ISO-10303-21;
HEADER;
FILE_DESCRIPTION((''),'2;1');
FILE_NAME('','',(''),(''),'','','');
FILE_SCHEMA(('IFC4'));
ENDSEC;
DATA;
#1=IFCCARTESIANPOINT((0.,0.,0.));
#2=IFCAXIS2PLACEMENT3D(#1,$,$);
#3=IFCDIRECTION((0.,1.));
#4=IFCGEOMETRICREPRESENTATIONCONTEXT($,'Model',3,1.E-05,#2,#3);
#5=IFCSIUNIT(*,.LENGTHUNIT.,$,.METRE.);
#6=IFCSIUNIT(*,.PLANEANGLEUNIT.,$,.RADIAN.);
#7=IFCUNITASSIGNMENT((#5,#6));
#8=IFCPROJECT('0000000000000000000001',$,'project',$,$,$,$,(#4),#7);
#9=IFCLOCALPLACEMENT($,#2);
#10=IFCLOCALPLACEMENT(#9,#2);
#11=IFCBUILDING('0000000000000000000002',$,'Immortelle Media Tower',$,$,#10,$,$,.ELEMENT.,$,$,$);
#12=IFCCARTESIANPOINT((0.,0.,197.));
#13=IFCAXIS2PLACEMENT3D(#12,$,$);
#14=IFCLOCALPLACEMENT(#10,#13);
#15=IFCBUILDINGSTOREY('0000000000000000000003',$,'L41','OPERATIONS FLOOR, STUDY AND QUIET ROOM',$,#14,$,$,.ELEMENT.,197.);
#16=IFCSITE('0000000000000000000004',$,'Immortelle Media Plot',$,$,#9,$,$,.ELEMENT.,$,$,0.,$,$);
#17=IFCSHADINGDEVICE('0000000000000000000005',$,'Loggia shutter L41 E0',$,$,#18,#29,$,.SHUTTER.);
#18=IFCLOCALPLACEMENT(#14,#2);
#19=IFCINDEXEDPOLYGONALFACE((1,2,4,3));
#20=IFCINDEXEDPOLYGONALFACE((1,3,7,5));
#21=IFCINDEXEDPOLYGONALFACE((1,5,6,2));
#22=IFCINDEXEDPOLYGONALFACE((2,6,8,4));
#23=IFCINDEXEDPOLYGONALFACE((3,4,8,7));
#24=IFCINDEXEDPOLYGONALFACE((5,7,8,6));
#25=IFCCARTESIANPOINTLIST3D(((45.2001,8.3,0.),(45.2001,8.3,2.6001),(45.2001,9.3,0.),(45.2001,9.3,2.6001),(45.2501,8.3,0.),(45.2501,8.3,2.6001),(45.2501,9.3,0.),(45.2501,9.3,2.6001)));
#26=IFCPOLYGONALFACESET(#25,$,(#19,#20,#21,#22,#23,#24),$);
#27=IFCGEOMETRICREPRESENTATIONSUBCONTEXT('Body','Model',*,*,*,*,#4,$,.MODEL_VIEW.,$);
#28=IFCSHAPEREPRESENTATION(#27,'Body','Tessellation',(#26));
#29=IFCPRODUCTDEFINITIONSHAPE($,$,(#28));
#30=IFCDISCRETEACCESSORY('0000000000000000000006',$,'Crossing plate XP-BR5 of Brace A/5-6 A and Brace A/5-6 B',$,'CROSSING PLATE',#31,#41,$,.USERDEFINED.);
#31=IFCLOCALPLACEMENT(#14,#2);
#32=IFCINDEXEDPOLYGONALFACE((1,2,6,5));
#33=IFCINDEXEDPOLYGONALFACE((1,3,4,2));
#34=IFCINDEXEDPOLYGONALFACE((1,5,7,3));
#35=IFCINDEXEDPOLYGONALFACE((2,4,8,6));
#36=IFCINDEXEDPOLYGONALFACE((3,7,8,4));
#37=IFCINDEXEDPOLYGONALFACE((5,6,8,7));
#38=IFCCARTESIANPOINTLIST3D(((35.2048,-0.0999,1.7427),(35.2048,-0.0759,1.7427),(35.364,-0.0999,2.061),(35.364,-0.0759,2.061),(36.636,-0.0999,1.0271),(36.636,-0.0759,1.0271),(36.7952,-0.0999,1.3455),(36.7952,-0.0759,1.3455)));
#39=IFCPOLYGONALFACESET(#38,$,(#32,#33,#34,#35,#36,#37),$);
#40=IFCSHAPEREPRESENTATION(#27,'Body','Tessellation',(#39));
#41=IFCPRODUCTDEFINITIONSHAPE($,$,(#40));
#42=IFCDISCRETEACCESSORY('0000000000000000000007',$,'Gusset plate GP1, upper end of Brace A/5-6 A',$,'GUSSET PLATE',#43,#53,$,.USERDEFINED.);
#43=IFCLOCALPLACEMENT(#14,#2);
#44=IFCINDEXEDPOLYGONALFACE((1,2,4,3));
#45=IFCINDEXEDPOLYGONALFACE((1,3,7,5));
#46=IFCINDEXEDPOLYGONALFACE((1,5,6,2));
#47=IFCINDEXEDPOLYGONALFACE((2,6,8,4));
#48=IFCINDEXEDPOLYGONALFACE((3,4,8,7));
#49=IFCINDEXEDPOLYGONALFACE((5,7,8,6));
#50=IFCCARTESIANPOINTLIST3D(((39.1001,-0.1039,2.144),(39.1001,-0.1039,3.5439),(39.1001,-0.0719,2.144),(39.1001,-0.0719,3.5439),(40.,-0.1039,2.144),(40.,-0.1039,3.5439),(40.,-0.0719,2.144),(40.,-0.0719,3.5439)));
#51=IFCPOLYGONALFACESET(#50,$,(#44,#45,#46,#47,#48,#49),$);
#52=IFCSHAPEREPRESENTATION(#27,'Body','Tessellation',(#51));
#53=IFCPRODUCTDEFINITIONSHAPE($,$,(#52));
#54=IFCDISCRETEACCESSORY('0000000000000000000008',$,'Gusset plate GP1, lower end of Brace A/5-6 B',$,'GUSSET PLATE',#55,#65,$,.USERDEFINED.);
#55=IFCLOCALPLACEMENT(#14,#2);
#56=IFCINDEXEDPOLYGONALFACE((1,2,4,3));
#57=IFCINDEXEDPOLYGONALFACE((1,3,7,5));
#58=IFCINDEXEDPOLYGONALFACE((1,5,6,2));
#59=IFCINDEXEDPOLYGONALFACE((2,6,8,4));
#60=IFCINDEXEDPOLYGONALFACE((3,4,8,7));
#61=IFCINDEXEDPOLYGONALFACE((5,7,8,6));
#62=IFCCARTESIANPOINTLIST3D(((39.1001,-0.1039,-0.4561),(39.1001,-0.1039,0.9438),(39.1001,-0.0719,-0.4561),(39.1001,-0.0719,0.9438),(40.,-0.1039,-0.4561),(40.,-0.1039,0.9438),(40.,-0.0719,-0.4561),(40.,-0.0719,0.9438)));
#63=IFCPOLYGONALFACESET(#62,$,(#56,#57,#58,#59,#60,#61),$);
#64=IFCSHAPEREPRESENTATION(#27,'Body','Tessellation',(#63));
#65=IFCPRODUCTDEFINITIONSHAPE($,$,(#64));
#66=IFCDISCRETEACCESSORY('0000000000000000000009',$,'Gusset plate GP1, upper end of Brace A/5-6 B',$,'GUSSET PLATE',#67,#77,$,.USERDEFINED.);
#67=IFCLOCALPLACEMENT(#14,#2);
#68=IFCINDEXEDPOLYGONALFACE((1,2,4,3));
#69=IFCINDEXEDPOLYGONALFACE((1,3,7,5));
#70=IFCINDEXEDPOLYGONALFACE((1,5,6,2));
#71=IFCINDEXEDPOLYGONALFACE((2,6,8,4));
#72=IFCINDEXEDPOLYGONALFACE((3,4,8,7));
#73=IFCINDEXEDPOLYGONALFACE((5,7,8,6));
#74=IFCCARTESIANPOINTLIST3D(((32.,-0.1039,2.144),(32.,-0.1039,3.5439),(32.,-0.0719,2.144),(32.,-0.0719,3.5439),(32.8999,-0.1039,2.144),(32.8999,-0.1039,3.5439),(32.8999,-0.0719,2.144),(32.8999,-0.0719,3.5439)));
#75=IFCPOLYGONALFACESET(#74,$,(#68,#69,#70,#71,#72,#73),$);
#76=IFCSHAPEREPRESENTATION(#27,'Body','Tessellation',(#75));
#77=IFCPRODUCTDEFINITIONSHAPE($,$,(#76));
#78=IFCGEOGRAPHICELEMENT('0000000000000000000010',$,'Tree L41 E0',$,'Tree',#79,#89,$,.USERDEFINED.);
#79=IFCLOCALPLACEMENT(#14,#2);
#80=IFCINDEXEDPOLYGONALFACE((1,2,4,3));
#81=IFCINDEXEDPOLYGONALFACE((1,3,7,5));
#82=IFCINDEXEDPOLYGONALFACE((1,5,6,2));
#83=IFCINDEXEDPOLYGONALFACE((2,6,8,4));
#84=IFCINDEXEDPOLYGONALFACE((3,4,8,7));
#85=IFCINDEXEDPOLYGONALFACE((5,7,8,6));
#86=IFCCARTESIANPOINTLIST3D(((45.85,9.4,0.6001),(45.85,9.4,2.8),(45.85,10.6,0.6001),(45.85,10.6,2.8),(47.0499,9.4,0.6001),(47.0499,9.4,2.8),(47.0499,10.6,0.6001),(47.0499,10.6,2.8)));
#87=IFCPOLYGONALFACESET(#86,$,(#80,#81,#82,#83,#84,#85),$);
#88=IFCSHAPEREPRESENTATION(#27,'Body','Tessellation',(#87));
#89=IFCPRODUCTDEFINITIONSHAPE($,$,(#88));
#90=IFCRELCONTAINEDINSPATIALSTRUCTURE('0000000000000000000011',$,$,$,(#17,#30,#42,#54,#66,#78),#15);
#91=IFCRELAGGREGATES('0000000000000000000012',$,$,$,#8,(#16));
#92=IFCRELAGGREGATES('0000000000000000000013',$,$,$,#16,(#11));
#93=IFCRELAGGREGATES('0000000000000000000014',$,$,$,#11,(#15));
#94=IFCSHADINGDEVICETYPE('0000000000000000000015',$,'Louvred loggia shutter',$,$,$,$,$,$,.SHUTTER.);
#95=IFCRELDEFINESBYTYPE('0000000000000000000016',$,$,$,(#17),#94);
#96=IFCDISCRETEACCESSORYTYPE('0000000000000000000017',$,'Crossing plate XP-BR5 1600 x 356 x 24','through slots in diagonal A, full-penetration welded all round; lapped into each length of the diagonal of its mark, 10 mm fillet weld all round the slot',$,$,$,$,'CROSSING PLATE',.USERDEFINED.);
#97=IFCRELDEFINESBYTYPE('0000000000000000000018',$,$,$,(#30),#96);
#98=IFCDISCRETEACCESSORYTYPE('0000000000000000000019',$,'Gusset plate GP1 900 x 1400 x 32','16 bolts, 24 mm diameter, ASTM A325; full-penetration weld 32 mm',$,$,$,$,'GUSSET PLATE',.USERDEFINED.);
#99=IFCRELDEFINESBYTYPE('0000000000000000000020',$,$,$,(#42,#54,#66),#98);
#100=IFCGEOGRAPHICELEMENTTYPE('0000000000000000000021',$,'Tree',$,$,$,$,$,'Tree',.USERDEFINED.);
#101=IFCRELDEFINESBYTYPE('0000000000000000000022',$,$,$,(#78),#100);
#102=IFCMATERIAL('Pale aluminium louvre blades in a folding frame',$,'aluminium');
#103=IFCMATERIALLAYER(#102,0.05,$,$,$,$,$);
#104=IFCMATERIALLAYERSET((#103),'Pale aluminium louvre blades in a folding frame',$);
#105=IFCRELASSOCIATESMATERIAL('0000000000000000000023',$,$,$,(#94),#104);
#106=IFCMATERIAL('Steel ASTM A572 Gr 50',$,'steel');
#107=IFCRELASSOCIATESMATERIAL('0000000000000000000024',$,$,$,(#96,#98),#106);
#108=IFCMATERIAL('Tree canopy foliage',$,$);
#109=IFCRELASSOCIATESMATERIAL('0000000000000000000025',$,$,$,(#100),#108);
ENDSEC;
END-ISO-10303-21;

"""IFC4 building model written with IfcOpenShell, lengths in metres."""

from ifc_helpers import new_model, si_unit, direction, frame, origin, origin_2d, place, context, subcontext, project, spatial, rectangle, extrude, material, layer, layer_set, material_profile, profile_set, type_object, element, save


model = new_model("IFC4")

# Units and contexts
model_context = context("Model", 3, precision=1e-05, world=origin(), true_north=direction((0.0, 1.0)))
body_context = subcontext(model_context, "Body", "Model", "MODEL_VIEW")
ifc_project = project(units=[si_unit("LENGTHUNIT", "METRE"), si_unit("PLANEANGLEUNIT", "RADIAN")], contexts=[model_context])

# Site, building, storey
site_placement = place(None, origin())
site = spatial("IfcSite", under=ifc_project, at=site_placement, Name="Immortelle Media Plot", CompositionType="ELEMENT", RefElevation=0.0)
building_placement = place(site_placement, origin())
building = spatial("IfcBuilding", under=site, at=building_placement, Name="Immortelle Media Tower", CompositionType="ELEMENT")
storey_placement = place(building_placement, frame((0.0, 0.0, 197.0)))
storey = spatial("IfcBuildingStorey", under=building, at=storey_placement, Name="L41", Description="OPERATIONS FLOOR, STUDY AND QUIET ROOM", CompositionType="ELEMENT", Elevation=197.0)

# Shading device
ifc_material_1 = material(Name="Pale aluminium louvre blades in a folding frame", Category="aluminium")
ifc_layer_1 = layer(ifc_material_1, 0.05)
ifc_layer_set_1 = layer_set([ifc_layer_1], Name="Pale aluminium louvre blades in a folding frame")
shading_device_type_1 = type_object("IfcShadingDeviceType", Name="Louvred loggia shutter", PredefinedType="SHUTTER", material=ifc_layer_set_1)
shading_device_1_placement = place(storey_placement, frame((45.2251, 8.8, 0.0), z_axis=(0.0, 0.0, 1.0), x_axis=(0.0, 1.0, 0.0)))
element("IfcShadingDevice", 1, at=shading_device_1_placement, inside=storey, type_object=shading_device_type_1, Name="Loggia shutter L41 E0", PredefinedType="SHUTTER", context=body_context, shape_type="SweptSolid", body=[
    extrude(rectangle(XDim=1.0, YDim=0.05, at=origin_2d()), origin(), (0.0, 0.0, 1.0), 2.6001),
])

# Discrete accessories
ifc_material_2 = material(Name="Steel ASTM A572 Gr 50", Category="steel")
ifc_material_profile_1 = material_profile(ifc_material_2, rectangle(XDim=0.0239, YDim=0.356, at=origin_2d()), Name="PL 24 x 356")
ifc_profile_set_1 = profile_set([ifc_material_profile_1], Name="Steel ASTM A572 Gr 50")
discrete_accessory_type_1 = type_object("IfcDiscreteAccessoryType", Name="Crossing plate XP-BR5 1600 x 356 x 24", Description="through slots in diagonal A, full-penetration welded all round; lapped into each length of the diagonal of its mark, 10 mm fillet weld all round the slot", ElementType="CROSSING PLATE", PredefinedType="USERDEFINED", material=ifc_profile_set_1)
discrete_accessory_placement = place(storey_placement, frame((35.2844, -0.0879, 1.9019), z_axis=(0.894427, 0.0, -0.447214), x_axis=(0.0, 1.0, 0.0)))
element("IfcDiscreteAccessory", 2, at=discrete_accessory_placement, inside=storey, type_object=discrete_accessory_type_1, Name="Crossing plate XP-BR5 of Brace A/5-6 A and Brace A/5-6 B", ObjectType="CROSSING PLATE", PredefinedType="USERDEFINED", context=body_context, shape_type="SweptSolid", body=[
    extrude(rectangle(XDim=0.0239, YDim=0.356, at=origin_2d()), origin(), (0.0, 0.0, 1.0), 1.6001),
])
ifc_material_profile_2 = material_profile(ifc_material_2, rectangle(XDim=0.032, YDim=1.3999, at=origin_2d()), Name="PL 32 x 1400")
ifc_profile_set_2 = profile_set([ifc_material_profile_2], Name="Steel ASTM A572 Gr 50")
discrete_accessory_type_2 = type_object("IfcDiscreteAccessoryType", Name="Gusset plate GP1 900 x 1400 x 32", Description="16 bolts, 24 mm diameter, ASTM A325; full-penetration weld 32 mm", ElementType="GUSSET PLATE", PredefinedType="USERDEFINED", material=ifc_profile_set_2)
for number, where, z_axis, x_axis, name in (
    (3, (40.0, -0.0879, 2.844), (-1.0, 0.0, 0.0), (0.0, -1.0, 0.0), "Gusset plate GP1, upper end of Brace A/5-6 A"),
    (4, (40.0, -0.0879, 0.2439), (-1.0, 0.0, 0.0), (0.0, -1.0, 0.0), "Gusset plate GP1, lower end of Brace A/5-6 B"),
    (5, (32.0, -0.0879, 2.844), (1.0, 0.0, 0.0), (0.0, 1.0, 0.0), "Gusset plate GP1, upper end of Brace A/5-6 B"),
):
    element("IfcDiscreteAccessory", number, at=place(storey_placement, frame(where, z_axis=z_axis, x_axis=x_axis)), inside=storey, type_object=discrete_accessory_type_2, Name=name, ObjectType="GUSSET PLATE", PredefinedType="USERDEFINED", context=body_context, shape_type="SweptSolid", body=[
        extrude(rectangle(XDim=0.032, YDim=1.3999, at=origin_2d()), origin(), (0.0, 0.0, 1.0), 0.8999),
    ])

# Geographic element
ifc_material_3 = material(Name="Tree canopy foliage")
geographic_element_type = type_object("IfcGeographicElementType", Name="Tree", ElementType="Tree", PredefinedType="USERDEFINED", material=ifc_material_3)
geographic_element_placement = place(storey_placement, frame((46.45, 10.0, 0.6001), z_axis=(0.0, 0.0, 1.0), x_axis=(1.0, 0.0, 0.0)))
element("IfcGeographicElement", 6, at=geographic_element_placement, inside=storey, type_object=geographic_element_type, Name="Tree L41 E0", ObjectType="Tree", PredefinedType="USERDEFINED", context=body_context, shape_type="SweptSolid", body=[
    extrude(rectangle(XDim=1.2, YDim=1.2, at=origin_2d()), origin(), (0.0, 0.0, 1.0), 2.2),
])

save(model, "model.ifc")
